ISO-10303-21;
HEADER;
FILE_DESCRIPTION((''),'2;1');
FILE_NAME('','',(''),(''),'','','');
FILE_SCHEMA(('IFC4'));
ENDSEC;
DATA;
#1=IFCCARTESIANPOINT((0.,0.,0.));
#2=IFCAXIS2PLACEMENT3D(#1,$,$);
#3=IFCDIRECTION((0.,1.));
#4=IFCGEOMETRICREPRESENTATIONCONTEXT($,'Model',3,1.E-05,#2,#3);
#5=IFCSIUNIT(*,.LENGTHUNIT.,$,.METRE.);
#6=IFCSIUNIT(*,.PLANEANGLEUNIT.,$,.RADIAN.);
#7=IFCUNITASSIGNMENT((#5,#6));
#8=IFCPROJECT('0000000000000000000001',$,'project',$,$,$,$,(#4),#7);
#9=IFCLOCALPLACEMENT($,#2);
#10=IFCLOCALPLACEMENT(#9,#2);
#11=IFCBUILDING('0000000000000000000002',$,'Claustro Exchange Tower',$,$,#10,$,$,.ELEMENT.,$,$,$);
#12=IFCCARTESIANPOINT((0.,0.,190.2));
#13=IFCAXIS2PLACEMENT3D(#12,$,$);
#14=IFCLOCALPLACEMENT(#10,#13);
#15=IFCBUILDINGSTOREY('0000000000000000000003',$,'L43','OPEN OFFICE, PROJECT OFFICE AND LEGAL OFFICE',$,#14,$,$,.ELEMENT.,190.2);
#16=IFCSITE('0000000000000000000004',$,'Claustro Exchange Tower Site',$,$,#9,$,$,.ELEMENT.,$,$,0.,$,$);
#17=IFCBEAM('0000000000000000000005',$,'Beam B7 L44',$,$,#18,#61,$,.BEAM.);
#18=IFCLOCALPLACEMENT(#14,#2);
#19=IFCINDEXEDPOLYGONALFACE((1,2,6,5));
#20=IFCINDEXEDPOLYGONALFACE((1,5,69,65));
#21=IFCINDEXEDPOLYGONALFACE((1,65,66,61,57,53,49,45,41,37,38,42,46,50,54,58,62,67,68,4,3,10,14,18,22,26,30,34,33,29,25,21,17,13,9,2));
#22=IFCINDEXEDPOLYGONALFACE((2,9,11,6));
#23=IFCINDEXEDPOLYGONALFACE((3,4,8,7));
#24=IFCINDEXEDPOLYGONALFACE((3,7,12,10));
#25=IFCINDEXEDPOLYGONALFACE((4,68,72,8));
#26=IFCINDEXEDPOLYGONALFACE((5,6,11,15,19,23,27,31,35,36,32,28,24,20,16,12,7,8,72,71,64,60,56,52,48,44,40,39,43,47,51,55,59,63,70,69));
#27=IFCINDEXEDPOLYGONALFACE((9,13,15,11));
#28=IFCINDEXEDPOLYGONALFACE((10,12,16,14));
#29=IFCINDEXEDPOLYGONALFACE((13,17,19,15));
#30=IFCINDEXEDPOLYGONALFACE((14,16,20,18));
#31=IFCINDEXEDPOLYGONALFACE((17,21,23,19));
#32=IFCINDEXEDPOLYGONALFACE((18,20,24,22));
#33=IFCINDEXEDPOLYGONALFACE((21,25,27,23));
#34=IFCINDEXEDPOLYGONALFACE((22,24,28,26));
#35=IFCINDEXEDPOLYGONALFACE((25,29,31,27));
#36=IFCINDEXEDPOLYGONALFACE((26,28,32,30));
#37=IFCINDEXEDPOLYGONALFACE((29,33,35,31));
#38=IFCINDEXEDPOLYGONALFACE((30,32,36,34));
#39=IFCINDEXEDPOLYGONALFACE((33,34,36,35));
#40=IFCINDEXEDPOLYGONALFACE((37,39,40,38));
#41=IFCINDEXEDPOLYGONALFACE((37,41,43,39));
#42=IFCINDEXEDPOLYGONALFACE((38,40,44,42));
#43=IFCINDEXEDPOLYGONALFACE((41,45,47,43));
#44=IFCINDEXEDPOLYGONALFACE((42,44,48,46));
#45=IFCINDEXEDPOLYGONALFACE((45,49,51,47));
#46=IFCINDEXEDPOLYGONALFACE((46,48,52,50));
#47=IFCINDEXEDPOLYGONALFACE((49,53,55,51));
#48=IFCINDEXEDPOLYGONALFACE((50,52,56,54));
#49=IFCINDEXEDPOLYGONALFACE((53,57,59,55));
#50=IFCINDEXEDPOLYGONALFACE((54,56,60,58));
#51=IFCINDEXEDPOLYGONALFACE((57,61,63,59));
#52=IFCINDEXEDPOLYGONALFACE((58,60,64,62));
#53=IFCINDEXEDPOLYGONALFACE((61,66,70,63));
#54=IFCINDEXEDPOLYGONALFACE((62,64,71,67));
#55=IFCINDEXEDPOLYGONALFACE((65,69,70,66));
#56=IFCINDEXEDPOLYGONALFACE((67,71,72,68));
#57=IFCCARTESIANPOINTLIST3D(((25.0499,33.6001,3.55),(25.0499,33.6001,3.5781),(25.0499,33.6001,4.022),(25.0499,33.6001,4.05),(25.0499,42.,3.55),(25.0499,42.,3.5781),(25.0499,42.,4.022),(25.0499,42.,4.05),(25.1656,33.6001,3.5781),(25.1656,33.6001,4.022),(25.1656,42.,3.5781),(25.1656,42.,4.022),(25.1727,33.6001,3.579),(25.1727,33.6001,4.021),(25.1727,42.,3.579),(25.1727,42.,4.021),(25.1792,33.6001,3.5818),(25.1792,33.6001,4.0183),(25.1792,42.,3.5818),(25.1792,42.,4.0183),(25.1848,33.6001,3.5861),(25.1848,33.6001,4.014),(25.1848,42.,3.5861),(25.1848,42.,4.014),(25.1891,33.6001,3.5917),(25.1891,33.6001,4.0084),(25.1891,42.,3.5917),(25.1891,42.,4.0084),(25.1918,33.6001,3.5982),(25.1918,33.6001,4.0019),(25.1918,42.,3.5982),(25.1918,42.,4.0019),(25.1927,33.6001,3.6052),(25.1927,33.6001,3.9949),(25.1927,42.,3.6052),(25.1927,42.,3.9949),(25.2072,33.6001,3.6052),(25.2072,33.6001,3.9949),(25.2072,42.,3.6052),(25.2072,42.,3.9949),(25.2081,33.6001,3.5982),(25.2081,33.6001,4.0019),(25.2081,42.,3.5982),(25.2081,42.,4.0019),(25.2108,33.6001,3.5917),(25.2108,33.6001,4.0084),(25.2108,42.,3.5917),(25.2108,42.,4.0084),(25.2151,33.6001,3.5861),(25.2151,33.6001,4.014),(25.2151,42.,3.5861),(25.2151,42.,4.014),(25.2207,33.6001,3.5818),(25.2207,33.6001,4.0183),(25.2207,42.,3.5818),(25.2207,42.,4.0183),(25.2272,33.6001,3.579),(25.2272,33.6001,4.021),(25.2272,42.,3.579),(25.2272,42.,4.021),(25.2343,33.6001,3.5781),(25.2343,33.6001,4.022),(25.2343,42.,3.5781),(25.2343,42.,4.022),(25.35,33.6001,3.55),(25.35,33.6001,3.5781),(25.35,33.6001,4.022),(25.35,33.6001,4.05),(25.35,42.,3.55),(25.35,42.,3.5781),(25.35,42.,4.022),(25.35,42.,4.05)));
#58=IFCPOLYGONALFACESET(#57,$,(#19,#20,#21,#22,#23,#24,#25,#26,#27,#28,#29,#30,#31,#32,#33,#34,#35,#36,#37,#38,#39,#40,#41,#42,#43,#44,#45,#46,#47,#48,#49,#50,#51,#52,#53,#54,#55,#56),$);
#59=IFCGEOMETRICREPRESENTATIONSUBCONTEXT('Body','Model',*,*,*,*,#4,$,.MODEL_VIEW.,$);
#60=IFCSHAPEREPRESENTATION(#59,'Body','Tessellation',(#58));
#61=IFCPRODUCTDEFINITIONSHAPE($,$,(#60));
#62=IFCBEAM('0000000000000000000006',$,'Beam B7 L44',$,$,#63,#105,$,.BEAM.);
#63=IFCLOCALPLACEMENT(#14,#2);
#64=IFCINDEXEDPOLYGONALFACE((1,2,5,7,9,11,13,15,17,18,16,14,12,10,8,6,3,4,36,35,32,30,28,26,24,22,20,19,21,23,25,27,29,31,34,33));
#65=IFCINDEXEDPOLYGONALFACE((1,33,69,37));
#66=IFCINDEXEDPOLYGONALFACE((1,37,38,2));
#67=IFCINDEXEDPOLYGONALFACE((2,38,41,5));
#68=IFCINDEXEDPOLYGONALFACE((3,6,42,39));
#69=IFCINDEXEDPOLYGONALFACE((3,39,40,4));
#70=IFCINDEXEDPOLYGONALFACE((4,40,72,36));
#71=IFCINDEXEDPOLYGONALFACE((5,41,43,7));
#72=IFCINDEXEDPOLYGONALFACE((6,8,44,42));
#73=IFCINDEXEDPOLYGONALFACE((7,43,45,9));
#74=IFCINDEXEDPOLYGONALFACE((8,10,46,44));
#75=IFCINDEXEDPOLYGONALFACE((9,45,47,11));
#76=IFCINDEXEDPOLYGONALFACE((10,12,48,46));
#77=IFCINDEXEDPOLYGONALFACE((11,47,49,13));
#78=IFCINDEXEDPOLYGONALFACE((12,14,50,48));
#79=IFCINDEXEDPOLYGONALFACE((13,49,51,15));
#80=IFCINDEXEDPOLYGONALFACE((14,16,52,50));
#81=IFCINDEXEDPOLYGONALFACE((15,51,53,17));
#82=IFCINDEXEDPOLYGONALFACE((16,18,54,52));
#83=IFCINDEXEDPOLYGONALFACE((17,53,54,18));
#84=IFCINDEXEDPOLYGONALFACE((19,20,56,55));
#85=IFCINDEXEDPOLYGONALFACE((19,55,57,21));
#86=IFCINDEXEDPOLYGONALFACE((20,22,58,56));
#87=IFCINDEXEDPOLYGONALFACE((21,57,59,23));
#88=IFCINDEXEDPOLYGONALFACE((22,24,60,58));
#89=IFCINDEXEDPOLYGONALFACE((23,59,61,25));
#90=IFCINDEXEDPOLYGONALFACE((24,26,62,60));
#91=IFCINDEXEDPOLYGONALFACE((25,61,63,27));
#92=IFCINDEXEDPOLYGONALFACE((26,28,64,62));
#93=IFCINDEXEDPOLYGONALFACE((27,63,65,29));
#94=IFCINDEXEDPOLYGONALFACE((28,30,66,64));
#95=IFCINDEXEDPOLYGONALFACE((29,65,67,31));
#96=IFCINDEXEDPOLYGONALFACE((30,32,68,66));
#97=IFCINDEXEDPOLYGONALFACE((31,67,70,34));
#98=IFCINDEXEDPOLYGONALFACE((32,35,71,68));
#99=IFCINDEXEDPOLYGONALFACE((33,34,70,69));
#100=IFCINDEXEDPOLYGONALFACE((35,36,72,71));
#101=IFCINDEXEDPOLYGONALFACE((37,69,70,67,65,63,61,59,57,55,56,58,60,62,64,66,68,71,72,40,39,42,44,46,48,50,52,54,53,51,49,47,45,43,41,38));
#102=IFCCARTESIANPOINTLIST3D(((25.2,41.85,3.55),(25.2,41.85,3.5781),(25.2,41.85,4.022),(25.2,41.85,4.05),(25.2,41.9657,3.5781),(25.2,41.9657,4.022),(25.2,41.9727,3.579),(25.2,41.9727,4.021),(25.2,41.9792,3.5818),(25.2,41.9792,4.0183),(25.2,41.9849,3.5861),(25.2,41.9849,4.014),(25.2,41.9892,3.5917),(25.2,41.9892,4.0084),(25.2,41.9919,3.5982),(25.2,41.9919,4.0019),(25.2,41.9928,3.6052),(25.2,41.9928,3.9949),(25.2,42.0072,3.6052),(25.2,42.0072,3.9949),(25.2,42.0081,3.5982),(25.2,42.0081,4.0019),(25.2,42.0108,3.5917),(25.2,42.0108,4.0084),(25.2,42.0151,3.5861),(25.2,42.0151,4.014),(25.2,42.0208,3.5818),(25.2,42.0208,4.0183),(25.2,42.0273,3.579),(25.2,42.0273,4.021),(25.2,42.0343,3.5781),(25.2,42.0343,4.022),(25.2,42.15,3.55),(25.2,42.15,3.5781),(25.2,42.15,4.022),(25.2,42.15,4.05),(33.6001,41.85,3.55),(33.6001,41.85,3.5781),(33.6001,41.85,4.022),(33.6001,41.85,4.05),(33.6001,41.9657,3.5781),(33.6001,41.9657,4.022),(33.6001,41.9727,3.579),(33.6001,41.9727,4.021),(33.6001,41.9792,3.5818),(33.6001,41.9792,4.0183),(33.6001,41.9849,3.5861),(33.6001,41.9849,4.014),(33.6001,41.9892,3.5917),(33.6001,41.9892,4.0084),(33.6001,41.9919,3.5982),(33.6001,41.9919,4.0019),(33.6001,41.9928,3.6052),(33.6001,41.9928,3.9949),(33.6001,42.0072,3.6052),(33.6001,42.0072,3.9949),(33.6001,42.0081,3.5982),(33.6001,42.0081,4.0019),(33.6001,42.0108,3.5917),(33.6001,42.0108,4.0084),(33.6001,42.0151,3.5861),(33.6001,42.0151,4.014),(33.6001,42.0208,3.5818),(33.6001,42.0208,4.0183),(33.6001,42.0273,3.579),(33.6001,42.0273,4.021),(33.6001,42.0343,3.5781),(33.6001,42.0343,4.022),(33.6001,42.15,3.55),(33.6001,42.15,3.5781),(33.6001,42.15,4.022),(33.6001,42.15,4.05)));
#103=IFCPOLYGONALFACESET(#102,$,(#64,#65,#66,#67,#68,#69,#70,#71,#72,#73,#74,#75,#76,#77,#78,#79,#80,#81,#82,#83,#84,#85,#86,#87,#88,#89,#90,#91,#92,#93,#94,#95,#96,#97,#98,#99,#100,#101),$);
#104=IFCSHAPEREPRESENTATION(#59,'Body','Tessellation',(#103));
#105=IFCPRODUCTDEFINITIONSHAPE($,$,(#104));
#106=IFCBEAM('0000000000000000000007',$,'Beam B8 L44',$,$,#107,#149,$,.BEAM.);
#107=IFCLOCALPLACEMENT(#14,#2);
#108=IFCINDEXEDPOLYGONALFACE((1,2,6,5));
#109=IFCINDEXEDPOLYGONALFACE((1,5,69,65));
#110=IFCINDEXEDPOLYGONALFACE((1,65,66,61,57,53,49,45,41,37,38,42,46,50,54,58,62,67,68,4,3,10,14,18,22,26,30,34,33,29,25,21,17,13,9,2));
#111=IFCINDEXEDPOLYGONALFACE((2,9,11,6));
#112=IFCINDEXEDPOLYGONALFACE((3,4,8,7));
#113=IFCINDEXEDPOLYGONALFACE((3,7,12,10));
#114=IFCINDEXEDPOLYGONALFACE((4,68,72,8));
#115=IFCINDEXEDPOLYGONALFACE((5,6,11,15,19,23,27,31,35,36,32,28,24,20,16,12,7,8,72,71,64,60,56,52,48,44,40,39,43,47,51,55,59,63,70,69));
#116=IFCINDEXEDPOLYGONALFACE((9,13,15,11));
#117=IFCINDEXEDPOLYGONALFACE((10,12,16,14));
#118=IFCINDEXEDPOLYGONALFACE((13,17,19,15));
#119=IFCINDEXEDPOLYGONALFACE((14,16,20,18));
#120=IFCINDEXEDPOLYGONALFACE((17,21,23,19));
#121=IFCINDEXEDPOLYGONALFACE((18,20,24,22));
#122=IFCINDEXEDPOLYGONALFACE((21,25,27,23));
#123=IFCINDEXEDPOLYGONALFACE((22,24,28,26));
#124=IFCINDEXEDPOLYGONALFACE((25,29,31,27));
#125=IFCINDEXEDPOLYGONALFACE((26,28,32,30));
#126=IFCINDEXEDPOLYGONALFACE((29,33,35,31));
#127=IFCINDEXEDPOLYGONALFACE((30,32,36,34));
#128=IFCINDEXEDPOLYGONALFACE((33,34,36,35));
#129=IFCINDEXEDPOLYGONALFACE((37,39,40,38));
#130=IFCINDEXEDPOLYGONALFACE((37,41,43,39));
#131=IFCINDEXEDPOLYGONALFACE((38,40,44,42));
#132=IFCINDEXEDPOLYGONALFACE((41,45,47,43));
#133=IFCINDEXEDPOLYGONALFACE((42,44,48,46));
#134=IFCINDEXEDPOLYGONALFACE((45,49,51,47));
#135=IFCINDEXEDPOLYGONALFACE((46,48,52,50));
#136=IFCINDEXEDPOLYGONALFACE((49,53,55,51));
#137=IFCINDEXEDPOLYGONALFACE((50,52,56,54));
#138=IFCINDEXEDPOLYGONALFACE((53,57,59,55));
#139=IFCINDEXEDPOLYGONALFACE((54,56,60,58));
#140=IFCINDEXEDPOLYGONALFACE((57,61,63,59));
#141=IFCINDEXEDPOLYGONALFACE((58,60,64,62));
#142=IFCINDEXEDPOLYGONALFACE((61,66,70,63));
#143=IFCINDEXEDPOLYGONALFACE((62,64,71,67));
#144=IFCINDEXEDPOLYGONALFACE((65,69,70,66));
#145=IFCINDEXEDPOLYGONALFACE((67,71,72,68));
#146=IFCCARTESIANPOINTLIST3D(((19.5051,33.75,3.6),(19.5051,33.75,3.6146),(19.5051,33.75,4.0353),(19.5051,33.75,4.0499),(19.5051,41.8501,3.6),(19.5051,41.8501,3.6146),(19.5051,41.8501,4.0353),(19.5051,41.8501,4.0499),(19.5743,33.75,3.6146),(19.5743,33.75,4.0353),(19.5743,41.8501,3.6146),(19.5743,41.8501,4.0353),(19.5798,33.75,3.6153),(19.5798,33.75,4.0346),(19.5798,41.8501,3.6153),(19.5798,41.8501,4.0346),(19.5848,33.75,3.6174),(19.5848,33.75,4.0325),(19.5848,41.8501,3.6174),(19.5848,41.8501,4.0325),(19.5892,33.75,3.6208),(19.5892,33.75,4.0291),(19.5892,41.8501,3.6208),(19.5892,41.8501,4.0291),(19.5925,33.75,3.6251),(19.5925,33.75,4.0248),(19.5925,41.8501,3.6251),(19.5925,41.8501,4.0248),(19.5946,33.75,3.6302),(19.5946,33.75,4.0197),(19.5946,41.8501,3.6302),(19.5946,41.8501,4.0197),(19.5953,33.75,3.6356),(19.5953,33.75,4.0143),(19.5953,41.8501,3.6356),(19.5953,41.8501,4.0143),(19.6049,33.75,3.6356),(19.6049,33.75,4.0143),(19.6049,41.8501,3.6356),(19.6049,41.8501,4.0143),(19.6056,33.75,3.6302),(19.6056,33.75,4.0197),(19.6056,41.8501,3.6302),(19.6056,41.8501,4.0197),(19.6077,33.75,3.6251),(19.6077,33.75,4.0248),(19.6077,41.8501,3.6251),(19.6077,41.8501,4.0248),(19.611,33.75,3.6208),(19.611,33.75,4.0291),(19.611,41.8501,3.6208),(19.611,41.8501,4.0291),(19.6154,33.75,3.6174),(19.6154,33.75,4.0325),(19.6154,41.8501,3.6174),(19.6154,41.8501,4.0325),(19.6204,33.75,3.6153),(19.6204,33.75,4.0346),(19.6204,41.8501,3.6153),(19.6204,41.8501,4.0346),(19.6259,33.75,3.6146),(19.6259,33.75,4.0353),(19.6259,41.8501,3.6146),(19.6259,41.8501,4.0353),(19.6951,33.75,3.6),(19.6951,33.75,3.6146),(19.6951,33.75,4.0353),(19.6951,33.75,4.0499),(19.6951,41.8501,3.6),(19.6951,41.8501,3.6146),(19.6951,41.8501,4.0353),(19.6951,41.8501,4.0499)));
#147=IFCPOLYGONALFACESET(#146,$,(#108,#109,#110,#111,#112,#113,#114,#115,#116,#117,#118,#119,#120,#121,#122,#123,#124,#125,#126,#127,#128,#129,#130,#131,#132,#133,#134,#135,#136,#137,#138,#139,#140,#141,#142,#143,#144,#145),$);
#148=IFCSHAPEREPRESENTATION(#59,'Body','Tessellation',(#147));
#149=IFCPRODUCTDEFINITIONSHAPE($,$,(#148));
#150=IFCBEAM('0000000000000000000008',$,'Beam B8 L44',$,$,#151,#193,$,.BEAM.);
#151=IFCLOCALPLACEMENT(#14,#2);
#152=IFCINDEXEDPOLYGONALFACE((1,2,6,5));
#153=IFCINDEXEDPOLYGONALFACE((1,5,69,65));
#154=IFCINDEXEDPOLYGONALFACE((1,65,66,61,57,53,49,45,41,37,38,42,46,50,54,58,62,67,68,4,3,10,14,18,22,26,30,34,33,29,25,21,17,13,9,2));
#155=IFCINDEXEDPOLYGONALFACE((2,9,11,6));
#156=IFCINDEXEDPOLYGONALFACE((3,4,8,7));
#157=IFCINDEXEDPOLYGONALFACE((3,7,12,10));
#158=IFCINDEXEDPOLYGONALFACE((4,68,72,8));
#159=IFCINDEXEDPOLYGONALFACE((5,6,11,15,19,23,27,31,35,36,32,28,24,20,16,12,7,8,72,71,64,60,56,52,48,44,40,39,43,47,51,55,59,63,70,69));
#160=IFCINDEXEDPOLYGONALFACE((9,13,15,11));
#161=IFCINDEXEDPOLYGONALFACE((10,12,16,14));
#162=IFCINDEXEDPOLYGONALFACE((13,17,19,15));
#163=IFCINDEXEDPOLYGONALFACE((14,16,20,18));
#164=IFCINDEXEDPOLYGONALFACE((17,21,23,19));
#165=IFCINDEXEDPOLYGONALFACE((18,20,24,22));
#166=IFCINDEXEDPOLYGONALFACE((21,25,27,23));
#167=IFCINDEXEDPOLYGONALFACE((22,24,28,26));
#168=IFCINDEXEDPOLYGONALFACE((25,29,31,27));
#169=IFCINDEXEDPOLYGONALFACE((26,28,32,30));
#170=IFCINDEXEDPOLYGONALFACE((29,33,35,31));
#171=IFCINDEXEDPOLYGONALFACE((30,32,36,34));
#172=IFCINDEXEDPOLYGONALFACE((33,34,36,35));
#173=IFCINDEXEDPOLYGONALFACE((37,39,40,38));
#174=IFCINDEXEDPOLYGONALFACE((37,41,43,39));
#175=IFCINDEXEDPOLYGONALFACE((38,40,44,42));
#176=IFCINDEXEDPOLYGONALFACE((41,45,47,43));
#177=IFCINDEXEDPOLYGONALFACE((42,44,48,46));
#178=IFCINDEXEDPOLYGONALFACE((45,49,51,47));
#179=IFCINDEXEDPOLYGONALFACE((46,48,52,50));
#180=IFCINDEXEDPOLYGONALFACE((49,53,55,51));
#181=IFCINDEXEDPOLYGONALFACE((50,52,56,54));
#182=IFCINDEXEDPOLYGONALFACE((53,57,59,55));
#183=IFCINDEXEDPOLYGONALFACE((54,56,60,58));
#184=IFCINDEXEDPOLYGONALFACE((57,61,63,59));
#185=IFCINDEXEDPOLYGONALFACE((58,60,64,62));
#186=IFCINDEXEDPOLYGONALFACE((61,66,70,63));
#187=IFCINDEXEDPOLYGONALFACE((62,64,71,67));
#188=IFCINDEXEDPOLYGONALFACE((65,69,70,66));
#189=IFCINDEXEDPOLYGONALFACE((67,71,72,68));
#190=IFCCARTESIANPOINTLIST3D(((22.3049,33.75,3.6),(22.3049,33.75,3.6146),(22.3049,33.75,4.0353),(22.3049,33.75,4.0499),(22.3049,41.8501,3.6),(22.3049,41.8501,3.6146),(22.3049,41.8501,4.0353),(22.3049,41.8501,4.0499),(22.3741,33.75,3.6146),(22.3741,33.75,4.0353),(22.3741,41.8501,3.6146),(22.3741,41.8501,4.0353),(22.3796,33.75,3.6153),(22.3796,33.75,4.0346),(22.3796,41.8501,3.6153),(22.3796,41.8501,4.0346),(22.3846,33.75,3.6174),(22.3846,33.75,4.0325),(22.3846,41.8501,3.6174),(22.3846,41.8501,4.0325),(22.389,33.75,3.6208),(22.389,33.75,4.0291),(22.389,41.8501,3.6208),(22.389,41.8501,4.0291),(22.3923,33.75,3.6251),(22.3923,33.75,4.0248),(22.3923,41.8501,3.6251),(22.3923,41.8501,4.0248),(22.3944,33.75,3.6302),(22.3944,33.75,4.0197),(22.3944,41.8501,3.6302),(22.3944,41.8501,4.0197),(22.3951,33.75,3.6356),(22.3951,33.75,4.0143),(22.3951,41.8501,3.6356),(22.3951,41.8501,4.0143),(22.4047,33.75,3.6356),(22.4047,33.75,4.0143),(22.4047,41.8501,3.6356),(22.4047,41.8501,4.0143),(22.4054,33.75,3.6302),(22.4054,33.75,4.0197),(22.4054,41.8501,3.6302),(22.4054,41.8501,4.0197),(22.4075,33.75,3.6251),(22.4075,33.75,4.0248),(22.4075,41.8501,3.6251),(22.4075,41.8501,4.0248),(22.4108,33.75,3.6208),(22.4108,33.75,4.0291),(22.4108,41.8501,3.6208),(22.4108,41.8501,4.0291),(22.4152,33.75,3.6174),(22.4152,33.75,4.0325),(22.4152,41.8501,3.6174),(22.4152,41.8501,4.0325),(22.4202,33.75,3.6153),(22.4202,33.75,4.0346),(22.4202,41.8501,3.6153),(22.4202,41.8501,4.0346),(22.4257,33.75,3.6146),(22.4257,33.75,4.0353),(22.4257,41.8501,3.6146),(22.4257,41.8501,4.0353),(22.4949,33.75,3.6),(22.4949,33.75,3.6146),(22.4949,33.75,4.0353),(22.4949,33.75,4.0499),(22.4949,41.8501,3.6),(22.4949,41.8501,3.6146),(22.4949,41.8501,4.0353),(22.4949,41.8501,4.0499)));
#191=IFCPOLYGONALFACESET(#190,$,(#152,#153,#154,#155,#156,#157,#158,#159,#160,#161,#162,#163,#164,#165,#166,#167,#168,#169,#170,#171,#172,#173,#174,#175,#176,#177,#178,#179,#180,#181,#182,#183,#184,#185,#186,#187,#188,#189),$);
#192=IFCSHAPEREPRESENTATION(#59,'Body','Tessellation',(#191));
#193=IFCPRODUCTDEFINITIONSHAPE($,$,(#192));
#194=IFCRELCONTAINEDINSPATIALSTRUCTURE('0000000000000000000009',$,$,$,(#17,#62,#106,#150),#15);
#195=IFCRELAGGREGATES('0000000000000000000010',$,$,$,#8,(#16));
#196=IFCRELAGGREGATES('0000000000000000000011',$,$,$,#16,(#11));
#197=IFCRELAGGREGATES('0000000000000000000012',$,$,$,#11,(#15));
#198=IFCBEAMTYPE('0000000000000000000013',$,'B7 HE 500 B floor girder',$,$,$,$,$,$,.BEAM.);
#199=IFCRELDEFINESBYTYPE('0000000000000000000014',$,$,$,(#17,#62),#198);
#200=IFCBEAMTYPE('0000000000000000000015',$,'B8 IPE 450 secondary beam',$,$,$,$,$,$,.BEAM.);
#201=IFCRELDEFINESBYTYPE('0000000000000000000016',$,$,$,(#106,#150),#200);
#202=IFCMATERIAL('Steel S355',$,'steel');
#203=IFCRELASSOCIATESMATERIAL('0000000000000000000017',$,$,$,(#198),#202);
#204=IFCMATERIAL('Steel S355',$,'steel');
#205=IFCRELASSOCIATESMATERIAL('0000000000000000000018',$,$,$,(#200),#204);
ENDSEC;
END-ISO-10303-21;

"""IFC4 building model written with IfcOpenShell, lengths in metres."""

from ifc_helpers import new_model, si_unit, direction, frame, origin, origin_2d, place, context, subcontext, project, spatial, i_section, extrude, material, material_profile, profile_set, type_object, element, save


model = new_model("IFC4")

# Units and contexts
model_context = context("Model", 3, precision=1e-05, world=origin(), true_north=direction((0.0, 1.0)))
body_context = subcontext(model_context, "Body", "Model", "MODEL_VIEW")
ifc_project = project(units=[si_unit("LENGTHUNIT", "METRE"), si_unit("PLANEANGLEUNIT", "RADIAN")], contexts=[model_context])

# Site, building, storey
site_placement = place(None, origin())
site = spatial("IfcSite", under=ifc_project, at=site_placement, Name="Claustro Exchange Tower Site", CompositionType="ELEMENT", RefElevation=0.0)
building_placement = place(site_placement, origin())
building = spatial("IfcBuilding", under=site, at=building_placement, Name="Claustro Exchange Tower", CompositionType="ELEMENT")
storey_placement = place(building_placement, frame((0.0, 0.0, 190.2)))
storey = spatial("IfcBuildingStorey", under=building, at=storey_placement, Name="L43", Description="OPEN OFFICE, PROJECT OFFICE AND LEGAL OFFICE", CompositionType="ELEMENT", Elevation=190.2)

# Beams
ifc_material_1 = material(Name="Steel S355", Category="steel")
ifc_material_profile_1 = material_profile(ifc_material_1, i_section(OverallWidth=0.3, OverallDepth=0.5, WebThickness=0.0144, FlangeThickness=0.0281, FilletRadius=0.0271, at=origin_2d()), Name="HE 500 B")
ifc_profile_set_1 = profile_set([ifc_material_profile_1], Name="Steel S355")
beam_type_1 = type_object("IfcBeamType", Name="B7 HE 500 B floor girder", PredefinedType="BEAM", material=ifc_profile_set_1)
beam_1_placement = place(storey_placement, frame((25.2, 33.6001, 3.8), z_axis=(0.0, 1.0, 0.0), x_axis=(-1.0, 0.0, 0.0)))
element("IfcBeam", 1, at=beam_1_placement, inside=storey, type_object=beam_type_1, Name="Beam B7 L44", PredefinedType="BEAM", context=body_context, shape_type="SweptSolid", body=[
    extrude(i_section(OverallWidth=0.3, OverallDepth=0.5, WebThickness=0.0144, FlangeThickness=0.0281, FilletRadius=0.0271, at=origin_2d()), origin(), (0.0, 0.0, 1.0), 8.3999),
])
beam_2_placement = place(storey_placement, frame((25.2, 42.0, 3.8), z_axis=(1.0, 0.0, 0.0), x_axis=(0.0, 1.0, 0.0)))
element("IfcBeam", 2, at=beam_2_placement, inside=storey, type_object=beam_type_1, Name="Beam B7 L44", PredefinedType="BEAM", context=body_context, shape_type="SweptSolid", body=[
    extrude(i_section(OverallWidth=0.3, OverallDepth=0.5, WebThickness=0.0144, FlangeThickness=0.0281, FilletRadius=0.0271, at=origin_2d()), origin(), (0.0, 0.0, 1.0), 8.4001),
])
ifc_material_2 = material(Name="Steel S355", Category="steel")
ifc_material_profile_2 = material_profile(ifc_material_2, i_section(OverallWidth=0.1899, OverallDepth=0.45, WebThickness=0.0095, FlangeThickness=0.0146, FilletRadius=0.021, at=origin_2d()), Name="IPE 450")
ifc_profile_set_2 = profile_set([ifc_material_profile_2], Name="Steel S355")
beam_type_2 = type_object("IfcBeamType", Name="B8 IPE 450 secondary beam", PredefinedType="BEAM", material=ifc_profile_set_2)
for number, where, z_axis, x_axis, name in (
    (3, (19.6001, 33.75, 3.825), (0.0, 1.0, 0.0), (-1.0, 0.0, 0.0), "Beam B8 L44"),
    (4, (22.3999, 33.75, 3.825), (0.0, 1.0, 0.0), (-1.0, 0.0, 0.0), "Beam B8 L44"),
):
    element("IfcBeam", number, at=place(storey_placement, frame(where, z_axis=z_axis, x_axis=x_axis)), inside=storey, type_object=beam_type_2, Name=name, PredefinedType="BEAM", context=body_context, shape_type="SweptSolid", body=[
        extrude(i_section(OverallWidth=0.1899, OverallDepth=0.45, WebThickness=0.0095, FlangeThickness=0.0146, FilletRadius=0.021, at=origin_2d()), origin(), (0.0, 0.0, 1.0), 8.1001),
    ])

save(model, "model.ifc")
